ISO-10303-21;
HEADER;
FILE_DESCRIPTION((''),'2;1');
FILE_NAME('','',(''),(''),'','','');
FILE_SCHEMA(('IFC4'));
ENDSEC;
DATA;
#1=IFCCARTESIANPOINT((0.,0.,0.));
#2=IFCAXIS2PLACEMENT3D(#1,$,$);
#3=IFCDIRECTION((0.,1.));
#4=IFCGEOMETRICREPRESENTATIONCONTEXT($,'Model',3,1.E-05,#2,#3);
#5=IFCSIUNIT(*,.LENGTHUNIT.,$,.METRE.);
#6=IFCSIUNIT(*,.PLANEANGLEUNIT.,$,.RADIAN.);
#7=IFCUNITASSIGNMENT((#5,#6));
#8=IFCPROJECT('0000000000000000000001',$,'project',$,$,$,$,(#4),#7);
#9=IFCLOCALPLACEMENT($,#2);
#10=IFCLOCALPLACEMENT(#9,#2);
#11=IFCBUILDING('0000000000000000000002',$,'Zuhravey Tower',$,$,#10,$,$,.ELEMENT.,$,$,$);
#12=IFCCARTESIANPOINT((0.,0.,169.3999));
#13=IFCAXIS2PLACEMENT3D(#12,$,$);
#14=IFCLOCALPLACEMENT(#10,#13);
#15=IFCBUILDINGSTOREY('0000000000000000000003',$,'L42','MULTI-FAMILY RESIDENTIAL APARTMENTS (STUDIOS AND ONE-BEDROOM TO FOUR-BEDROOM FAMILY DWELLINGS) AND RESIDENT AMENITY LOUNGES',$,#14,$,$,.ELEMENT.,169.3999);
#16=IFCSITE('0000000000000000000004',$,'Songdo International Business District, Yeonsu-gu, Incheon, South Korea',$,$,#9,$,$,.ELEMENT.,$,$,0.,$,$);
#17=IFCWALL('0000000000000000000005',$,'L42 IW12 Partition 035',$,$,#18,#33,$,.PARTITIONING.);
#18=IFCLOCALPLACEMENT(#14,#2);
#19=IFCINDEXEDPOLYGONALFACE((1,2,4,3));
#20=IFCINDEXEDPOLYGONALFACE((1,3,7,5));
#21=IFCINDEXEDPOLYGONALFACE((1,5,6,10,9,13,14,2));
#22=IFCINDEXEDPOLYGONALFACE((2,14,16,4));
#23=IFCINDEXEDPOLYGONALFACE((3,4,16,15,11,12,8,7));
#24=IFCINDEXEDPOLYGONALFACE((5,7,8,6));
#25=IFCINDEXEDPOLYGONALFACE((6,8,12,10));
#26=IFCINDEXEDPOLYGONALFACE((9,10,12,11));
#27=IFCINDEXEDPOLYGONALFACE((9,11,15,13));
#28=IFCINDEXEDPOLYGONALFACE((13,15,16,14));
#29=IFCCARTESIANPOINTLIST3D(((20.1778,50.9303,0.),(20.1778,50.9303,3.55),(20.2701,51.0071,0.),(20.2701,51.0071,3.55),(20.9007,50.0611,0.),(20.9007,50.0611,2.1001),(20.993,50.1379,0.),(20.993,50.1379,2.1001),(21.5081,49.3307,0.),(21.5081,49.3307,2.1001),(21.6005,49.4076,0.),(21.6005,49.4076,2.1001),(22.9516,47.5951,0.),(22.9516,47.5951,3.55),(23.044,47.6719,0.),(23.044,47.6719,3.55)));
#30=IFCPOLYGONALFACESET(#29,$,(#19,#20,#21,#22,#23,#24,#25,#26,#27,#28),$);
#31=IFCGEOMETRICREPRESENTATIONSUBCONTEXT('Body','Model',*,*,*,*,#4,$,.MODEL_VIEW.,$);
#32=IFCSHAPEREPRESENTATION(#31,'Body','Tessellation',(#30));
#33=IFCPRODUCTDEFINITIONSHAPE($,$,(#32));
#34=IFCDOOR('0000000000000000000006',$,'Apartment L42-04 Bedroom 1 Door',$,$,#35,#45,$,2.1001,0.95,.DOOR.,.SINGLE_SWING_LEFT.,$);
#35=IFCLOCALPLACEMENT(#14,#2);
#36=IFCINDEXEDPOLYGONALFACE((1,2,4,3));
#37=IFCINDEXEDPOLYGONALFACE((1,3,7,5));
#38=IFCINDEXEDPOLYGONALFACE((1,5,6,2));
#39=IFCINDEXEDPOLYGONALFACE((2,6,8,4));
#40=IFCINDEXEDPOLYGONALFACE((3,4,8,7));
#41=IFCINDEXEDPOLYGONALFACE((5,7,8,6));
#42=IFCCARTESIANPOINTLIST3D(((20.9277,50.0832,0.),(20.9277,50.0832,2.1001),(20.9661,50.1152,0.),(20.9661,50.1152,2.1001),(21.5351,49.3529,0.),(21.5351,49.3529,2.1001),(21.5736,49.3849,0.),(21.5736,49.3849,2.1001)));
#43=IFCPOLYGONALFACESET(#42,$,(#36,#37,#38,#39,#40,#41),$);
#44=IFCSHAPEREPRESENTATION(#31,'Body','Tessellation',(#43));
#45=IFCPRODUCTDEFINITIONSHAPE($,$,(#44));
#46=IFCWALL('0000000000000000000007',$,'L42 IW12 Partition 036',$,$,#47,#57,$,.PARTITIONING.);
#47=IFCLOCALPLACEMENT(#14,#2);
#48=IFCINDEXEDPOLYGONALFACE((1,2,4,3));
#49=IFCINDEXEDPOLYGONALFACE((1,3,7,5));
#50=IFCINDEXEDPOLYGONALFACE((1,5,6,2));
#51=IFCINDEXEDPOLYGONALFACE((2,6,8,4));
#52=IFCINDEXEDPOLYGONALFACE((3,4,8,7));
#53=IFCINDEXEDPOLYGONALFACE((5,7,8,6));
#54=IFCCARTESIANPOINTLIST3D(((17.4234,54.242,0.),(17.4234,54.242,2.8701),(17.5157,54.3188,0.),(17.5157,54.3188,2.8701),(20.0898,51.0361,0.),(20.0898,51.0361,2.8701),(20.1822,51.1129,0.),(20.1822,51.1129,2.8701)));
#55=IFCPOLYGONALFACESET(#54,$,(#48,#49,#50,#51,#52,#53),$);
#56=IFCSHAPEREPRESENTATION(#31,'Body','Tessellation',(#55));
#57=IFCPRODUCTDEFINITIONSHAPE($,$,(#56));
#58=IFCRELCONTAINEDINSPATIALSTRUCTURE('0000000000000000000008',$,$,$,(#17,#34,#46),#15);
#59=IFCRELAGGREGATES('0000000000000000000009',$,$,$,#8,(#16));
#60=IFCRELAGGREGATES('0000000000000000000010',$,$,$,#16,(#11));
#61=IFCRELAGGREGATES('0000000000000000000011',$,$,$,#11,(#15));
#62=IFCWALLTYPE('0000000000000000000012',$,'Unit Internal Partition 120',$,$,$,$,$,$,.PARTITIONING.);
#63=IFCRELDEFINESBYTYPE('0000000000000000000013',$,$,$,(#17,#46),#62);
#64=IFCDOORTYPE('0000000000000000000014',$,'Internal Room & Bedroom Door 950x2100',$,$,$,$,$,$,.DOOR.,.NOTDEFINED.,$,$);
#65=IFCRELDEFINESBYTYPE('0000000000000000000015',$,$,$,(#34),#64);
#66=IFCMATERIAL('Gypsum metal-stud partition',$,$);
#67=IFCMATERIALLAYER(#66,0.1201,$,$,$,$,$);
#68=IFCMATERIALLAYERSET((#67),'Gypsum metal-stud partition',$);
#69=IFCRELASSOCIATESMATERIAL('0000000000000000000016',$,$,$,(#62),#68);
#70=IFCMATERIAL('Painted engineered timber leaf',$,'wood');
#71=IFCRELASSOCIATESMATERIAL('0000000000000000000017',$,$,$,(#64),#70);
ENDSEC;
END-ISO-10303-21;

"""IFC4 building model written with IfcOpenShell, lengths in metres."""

from ifc_helpers import new_model, si_unit, direction, frame, frame_2d, origin, place, context, subcontext, project, spatial, rectangle, extrude, material, layer, layer_set, type_object, element, fill, save


model = new_model("IFC4")

# Units and contexts
model_context = context("Model", 3, precision=1e-05, world=origin(), true_north=direction((0.0, 1.0)))
body_context = subcontext(model_context, "Body", "Model", "MODEL_VIEW")
ifc_project = project(units=[si_unit("LENGTHUNIT", "METRE"), si_unit("PLANEANGLEUNIT", "RADIAN")], contexts=[model_context])

# Site, building, storey
site_placement = place(None, origin())
site = spatial("IfcSite", under=ifc_project, at=site_placement, Name="Songdo International Business District, Yeonsu-gu, Incheon, South Korea", CompositionType="ELEMENT", RefElevation=0.0)
building_placement = place(site_placement, origin())
building = spatial("IfcBuilding", under=site, at=building_placement, Name="Zuhravey Tower", CompositionType="ELEMENT")
storey_placement = place(building_placement, frame((0.0, 0.0, 169.3999)))
storey = spatial("IfcBuildingStorey", under=building, at=storey_placement, Name="L42", Description="MULTI-FAMILY RESIDENTIAL APARTMENTS (STUDIOS AND ONE-BEDROOM TO FOUR-BEDROOM FAMILY DWELLINGS) AND RESIDENT AMENITY LOUNGES", CompositionType="ELEMENT", Elevation=169.3999)

# Wall, opening, door
ifc_material_1 = material(Name="Gypsum metal-stud partition")
ifc_layer_1 = layer(ifc_material_1, 0.1201)
ifc_layer_set_1 = layer_set([ifc_layer_1], Name="Gypsum metal-stud partition")
wall_type_1 = type_object("IfcWallType", Name="Unit Internal Partition 120", PredefinedType="PARTITIONING", material=ifc_layer_set_1)
ifc_material_2 = material(Name="Painted engineered timber leaf", Category="wood")
door_type_1 = type_object("IfcDoorType", Name="Internal Room & Bedroom Door 950x2100", OperationType="NOTDEFINED", PredefinedType="DOOR", material=ifc_material_2)
wall_1_placement = place(storey_placement, frame((22.9978, 47.6335, 0.0), z_axis=(0.0, 0.0, 1.0), x_axis=(-0.639448, 0.768834, 0.0)))
wall_1 = element("IfcWall", 1, at=wall_1_placement, inside=storey, type_object=wall_type_1, Name="L42 IW12 Partition 035", PredefinedType="PARTITIONING", context=body_context, shape_type="SweptSolid", body=[
    extrude(rectangle(XDim=4.3379, YDim=0.1201, at=frame_2d((2.1689, 0.0))), origin(), (0.0, 0.0, 1.0), 3.55),
])
opening_1_placement = place(wall_1_placement, frame((2.2573, 0.0, 0.0)))
opening_1 = element("IfcOpeningElement", 2, at=opening_1_placement, cuts=wall_1, PredefinedType="OPENING", context=body_context, shape_type="SweptSolid", body=[
    extrude(rectangle(XDim=0.95, YDim=2.1001, at=frame_2d((0.4751, 1.05))), frame((0.0, 0.072, 0.0), z_axis=(0.0, -1.0, 0.0), x_axis=(1.0, 0.0, 0.0)), (0.0, 0.0, 1.0), 0.144),
])
door_1_placement = place(opening_1_placement, frame((0.95, 0.0, 0.0), z_axis=(0.0, 0.0, 1.0), x_axis=(-1.0, 0.0, 0.0)))
door_1 = element("IfcDoor", 3, at=door_1_placement, inside=storey, type_object=door_type_1, Name="Apartment L42-04 Bedroom 1 Door", OperationType="SINGLE_SWING_LEFT", OverallHeight=2.1001, OverallWidth=0.95, PredefinedType="DOOR", context=body_context, shape_type="SweptSolid", body=[
    extrude(rectangle(XDim=0.95, YDim=2.1001, at=frame_2d((0.4751, 1.05))), frame((0.0, 0.0249, 0.0), z_axis=(0.0, -1.0, 0.0), x_axis=(1.0, 0.0, 0.0)), (0.0, 0.0, 1.0), 0.05),
])
fill(opening_1, door_1)

# Wall
wall_2_placement = place(storey_placement, frame((20.136, 51.0745, 0.0), z_axis=(0.0, 0.0, 1.0), x_axis=(-0.639447, 0.768835, 0.0)))
element("IfcWall", 4, at=wall_2_placement, inside=storey, type_object=wall_type_1, Name="L42 IW12 Partition 036", PredefinedType="PARTITIONING", context=body_context, shape_type="SweptSolid", body=[
    extrude(rectangle(XDim=4.1699, YDim=0.1201, at=frame_2d((2.085, 0.0))), origin(), (0.0, 0.0, 1.0), 2.8701),
])

save(model, "model.ifc")
